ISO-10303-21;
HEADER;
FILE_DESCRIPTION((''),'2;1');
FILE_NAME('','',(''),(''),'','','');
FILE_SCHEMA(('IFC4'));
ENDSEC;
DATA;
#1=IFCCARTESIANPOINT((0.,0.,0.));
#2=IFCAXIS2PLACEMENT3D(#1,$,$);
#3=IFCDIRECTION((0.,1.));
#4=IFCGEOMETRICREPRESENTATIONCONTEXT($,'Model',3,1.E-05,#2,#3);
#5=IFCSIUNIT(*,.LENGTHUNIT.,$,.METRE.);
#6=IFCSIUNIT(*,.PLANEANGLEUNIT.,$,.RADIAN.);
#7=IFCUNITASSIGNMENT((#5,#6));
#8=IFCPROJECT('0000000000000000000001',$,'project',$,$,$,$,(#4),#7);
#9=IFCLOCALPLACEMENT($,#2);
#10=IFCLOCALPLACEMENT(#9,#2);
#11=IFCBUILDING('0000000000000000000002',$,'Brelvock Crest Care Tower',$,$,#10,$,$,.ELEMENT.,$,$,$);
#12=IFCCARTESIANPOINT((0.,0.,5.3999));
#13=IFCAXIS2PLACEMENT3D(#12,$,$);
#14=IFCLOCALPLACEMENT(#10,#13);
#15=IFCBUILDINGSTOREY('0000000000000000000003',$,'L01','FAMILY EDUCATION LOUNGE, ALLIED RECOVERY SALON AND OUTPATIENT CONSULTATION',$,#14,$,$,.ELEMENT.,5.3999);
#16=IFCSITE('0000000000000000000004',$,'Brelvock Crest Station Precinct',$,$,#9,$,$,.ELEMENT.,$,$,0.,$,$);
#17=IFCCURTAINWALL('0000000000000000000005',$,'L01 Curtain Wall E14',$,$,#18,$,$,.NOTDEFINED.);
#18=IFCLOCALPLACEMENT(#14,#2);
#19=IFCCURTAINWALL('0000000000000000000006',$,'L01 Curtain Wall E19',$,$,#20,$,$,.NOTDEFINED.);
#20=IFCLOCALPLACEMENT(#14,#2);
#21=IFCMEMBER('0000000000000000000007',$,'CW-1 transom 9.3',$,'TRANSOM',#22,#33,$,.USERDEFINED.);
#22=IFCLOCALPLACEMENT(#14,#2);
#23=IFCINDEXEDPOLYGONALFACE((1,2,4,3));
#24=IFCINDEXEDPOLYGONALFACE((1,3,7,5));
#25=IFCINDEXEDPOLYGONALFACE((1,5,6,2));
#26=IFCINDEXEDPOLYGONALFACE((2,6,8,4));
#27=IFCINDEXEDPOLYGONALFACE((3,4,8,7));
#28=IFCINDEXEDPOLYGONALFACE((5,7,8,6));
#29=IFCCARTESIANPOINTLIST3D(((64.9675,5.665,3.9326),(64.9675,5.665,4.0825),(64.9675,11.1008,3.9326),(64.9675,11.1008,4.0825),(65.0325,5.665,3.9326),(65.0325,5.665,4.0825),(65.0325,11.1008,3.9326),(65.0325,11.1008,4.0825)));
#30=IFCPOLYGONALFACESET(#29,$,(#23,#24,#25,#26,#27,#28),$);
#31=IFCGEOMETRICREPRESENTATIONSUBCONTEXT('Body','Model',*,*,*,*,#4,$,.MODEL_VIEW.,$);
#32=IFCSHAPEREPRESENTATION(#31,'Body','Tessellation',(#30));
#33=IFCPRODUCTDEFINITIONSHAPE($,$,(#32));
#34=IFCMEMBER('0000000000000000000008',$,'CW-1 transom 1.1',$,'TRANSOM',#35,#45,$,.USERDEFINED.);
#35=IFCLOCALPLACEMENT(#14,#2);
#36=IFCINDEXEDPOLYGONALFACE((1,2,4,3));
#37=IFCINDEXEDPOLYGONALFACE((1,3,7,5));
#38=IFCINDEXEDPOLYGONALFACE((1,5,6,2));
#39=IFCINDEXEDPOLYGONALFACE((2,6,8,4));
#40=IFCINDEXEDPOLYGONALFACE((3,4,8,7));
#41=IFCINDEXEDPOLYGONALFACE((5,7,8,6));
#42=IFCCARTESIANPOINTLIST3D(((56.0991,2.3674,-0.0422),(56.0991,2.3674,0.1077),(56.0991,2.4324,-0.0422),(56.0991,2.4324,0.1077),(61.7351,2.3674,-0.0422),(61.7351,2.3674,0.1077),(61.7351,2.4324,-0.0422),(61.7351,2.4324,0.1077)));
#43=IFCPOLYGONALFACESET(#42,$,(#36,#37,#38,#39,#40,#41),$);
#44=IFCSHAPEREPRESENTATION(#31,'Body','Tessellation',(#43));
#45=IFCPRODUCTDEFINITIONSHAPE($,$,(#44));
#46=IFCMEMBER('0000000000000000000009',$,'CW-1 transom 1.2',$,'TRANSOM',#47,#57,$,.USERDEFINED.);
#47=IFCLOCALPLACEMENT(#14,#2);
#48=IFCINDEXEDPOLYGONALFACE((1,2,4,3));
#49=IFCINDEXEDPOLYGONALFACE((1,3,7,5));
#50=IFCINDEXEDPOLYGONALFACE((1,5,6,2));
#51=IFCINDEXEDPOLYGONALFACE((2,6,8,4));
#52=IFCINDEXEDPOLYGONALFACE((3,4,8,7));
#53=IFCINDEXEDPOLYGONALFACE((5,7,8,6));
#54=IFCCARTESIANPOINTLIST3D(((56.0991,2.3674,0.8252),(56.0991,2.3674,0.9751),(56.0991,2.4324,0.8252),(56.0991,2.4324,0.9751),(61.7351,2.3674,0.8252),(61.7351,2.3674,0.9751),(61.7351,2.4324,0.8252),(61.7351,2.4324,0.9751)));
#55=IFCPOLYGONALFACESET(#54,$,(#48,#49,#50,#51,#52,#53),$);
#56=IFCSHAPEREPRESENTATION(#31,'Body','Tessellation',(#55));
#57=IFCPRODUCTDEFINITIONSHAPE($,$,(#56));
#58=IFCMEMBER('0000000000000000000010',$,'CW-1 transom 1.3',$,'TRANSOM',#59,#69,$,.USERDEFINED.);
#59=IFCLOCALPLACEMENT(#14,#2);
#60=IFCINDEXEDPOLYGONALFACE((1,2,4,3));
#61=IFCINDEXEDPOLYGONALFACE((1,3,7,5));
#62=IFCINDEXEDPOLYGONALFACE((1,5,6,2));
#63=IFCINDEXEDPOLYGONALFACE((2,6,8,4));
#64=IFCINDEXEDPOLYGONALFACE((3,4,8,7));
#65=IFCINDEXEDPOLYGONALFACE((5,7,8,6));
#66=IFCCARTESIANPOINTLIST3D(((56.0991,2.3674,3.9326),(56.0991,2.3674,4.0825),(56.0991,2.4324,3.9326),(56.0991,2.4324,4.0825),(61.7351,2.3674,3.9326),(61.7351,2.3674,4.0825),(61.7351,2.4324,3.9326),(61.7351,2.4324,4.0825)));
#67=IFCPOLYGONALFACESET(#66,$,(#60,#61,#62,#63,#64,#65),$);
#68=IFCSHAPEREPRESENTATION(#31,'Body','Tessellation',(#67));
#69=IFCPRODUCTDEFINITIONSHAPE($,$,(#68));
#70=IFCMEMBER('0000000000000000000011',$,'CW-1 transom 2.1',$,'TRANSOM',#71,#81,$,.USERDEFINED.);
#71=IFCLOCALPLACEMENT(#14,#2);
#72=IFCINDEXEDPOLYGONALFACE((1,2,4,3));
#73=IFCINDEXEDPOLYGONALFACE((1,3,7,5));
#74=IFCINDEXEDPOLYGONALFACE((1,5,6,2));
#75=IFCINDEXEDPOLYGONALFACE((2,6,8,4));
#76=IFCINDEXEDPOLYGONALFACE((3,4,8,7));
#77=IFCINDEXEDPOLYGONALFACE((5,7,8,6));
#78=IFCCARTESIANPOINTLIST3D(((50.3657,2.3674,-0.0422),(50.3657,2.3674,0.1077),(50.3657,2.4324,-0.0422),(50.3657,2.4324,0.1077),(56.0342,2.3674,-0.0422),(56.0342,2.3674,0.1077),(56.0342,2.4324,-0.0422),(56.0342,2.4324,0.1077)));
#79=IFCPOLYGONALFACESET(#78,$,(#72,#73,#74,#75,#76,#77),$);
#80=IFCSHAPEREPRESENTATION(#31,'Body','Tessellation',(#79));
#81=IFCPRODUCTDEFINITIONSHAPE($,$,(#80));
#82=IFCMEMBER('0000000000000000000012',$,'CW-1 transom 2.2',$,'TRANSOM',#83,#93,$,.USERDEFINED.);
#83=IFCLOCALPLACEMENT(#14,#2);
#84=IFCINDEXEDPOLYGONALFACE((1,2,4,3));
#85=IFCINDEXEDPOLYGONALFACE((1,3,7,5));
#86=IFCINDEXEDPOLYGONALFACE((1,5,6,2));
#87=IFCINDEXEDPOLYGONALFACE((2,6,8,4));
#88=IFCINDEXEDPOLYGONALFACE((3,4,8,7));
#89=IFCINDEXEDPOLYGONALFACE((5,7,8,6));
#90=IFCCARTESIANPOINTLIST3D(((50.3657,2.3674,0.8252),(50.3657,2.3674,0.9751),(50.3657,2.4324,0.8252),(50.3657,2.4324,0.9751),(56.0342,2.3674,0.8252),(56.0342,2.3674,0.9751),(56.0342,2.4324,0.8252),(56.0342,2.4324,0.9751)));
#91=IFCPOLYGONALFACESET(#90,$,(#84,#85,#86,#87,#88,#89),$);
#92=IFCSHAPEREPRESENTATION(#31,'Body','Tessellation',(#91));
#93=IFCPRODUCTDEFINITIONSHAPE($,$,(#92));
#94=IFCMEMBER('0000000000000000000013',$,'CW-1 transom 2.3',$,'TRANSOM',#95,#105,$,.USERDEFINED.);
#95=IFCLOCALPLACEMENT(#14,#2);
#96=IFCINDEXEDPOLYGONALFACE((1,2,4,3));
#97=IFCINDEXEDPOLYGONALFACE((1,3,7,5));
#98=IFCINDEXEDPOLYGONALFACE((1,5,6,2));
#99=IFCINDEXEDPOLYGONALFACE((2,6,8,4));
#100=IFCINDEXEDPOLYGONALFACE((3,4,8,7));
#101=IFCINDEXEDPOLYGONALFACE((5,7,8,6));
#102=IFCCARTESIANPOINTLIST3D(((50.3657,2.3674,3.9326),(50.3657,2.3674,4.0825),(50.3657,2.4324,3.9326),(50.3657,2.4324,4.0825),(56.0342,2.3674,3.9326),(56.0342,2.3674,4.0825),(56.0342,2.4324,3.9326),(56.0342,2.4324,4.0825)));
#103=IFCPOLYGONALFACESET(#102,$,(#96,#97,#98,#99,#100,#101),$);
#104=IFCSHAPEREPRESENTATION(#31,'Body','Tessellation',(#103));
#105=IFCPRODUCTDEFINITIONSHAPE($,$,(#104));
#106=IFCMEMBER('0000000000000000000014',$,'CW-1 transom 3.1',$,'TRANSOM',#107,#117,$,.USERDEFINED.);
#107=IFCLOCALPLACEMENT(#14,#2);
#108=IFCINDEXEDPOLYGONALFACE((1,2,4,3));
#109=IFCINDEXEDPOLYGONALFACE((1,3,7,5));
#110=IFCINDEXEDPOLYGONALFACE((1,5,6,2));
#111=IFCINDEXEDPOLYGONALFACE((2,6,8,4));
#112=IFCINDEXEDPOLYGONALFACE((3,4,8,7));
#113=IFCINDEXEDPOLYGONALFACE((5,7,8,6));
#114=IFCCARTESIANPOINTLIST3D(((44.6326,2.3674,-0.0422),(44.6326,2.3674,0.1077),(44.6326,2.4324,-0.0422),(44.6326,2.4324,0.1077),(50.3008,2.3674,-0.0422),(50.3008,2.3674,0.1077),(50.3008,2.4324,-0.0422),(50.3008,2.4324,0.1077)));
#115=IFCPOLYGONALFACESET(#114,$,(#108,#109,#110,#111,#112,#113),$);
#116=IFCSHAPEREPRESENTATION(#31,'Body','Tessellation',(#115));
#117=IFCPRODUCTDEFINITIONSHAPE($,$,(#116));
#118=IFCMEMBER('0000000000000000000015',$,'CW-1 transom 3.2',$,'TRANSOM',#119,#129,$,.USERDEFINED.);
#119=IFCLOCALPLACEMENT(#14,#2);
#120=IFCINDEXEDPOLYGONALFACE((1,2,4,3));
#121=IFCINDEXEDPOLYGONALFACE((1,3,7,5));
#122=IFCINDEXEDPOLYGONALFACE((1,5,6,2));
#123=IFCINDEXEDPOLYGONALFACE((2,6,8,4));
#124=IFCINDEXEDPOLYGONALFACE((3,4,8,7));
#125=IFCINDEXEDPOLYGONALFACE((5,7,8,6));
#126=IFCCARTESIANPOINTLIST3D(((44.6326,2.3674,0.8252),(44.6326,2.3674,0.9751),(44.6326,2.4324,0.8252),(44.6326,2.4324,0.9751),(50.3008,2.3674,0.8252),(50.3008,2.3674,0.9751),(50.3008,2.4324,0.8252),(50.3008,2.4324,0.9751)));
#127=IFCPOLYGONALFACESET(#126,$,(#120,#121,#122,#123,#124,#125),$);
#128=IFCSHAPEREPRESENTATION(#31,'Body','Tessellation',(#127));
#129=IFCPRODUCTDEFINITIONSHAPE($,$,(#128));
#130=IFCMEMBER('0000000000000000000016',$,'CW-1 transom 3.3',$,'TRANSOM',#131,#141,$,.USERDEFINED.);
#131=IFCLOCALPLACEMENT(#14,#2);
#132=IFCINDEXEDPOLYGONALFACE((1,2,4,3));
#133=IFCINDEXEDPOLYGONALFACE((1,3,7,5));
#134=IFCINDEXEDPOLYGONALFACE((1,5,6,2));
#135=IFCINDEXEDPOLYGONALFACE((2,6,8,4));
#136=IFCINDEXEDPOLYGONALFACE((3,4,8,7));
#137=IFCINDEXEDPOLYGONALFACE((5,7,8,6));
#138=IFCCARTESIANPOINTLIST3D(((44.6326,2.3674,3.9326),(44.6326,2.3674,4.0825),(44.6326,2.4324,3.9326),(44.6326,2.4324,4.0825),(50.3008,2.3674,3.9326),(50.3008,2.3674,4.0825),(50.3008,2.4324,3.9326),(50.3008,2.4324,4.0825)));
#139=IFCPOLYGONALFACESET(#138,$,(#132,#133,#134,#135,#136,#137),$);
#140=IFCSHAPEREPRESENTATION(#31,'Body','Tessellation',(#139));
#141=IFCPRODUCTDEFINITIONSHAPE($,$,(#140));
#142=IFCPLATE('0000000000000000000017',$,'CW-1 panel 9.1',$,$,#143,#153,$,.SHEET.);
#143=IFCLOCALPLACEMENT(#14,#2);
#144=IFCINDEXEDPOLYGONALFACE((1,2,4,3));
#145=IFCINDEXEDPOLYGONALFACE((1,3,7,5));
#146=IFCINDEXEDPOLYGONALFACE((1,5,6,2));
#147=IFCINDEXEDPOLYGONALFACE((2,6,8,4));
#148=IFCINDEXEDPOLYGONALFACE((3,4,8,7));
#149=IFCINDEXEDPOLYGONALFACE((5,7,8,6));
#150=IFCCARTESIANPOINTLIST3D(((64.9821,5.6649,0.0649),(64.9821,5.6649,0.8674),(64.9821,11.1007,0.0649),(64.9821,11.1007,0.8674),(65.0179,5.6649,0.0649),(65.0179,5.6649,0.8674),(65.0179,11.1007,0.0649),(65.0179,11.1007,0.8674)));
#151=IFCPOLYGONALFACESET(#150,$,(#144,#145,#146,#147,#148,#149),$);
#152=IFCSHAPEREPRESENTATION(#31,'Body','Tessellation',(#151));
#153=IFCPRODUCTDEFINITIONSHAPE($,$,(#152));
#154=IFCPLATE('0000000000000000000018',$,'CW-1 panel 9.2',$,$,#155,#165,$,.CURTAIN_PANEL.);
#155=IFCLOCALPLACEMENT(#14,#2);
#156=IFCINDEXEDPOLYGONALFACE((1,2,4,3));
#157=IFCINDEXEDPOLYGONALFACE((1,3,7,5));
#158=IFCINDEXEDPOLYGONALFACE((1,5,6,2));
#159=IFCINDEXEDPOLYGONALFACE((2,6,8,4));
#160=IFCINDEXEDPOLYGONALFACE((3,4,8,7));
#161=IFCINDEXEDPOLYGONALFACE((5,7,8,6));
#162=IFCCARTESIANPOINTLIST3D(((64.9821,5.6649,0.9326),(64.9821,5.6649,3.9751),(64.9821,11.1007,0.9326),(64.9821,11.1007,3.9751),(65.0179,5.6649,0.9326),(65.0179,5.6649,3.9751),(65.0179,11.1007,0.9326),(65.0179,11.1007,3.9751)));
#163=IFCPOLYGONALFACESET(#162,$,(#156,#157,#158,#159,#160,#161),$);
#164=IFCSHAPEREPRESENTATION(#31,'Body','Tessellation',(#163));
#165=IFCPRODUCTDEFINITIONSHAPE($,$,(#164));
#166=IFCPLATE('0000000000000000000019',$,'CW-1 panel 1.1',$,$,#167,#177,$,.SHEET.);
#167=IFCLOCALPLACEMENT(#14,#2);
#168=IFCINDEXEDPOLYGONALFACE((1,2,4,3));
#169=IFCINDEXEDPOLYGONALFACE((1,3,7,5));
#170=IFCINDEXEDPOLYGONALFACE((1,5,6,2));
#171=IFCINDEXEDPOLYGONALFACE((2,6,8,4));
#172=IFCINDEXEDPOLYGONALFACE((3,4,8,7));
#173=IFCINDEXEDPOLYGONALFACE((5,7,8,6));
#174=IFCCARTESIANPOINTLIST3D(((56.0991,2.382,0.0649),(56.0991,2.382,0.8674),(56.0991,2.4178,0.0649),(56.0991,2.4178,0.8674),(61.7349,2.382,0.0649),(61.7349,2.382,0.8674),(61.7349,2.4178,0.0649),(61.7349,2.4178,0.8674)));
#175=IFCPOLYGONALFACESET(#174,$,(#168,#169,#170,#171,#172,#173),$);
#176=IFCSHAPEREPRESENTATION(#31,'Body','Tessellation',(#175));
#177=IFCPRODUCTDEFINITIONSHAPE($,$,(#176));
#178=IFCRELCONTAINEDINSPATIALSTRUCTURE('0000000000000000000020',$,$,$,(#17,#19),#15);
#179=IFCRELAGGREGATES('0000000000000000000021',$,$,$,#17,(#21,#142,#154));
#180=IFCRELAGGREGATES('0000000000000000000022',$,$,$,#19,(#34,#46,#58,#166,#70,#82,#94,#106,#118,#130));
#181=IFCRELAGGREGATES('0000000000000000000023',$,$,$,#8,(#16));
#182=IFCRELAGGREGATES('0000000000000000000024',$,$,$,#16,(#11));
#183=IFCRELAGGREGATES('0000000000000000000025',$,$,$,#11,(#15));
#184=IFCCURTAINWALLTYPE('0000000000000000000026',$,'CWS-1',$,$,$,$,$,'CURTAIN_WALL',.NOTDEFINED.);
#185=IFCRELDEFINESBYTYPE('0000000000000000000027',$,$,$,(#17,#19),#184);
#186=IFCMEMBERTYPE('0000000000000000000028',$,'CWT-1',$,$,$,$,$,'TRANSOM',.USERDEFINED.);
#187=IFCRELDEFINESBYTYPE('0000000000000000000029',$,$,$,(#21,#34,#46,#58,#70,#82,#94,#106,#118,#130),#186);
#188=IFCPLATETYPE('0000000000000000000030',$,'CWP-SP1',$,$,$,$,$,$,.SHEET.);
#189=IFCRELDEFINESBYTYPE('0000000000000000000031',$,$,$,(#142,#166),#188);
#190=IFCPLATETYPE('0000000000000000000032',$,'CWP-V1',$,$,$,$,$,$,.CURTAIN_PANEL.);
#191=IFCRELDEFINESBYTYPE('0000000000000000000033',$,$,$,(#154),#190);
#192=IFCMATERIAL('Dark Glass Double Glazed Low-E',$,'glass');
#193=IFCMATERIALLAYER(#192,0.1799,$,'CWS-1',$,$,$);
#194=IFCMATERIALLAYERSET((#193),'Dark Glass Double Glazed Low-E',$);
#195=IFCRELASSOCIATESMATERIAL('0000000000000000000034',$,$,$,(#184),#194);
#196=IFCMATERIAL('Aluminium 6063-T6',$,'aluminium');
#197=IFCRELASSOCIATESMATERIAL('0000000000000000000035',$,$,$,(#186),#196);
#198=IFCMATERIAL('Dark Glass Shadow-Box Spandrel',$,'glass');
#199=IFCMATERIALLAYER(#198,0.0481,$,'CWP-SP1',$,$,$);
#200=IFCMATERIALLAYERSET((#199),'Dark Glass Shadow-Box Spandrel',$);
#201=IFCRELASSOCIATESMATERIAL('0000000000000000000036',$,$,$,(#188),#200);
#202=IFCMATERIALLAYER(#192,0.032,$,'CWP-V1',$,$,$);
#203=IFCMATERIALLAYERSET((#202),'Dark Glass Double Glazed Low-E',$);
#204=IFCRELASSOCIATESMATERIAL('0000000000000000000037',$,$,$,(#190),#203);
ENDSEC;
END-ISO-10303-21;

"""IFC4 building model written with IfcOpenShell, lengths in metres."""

from ifc_helpers import new_model, si_unit, direction, frame, origin, origin_2d, place, context, subcontext, project, spatial, rectangle, extrude, source, transform, mapped, material, layer, layer_set, material_profile, profile_set, type_object, element, aggregate, save


model = new_model("IFC4")

# Units and contexts
model_context = context("Model", 3, precision=1e-05, world=origin(), true_north=direction((0.0, 1.0)))
body_context = subcontext(model_context, "Body", "Model", "MODEL_VIEW")
ifc_project = project(units=[si_unit("LENGTHUNIT", "METRE"), si_unit("PLANEANGLEUNIT", "RADIAN")], contexts=[model_context])

# Site, building, storey
site_placement = place(None, origin())
site = spatial("IfcSite", under=ifc_project, at=site_placement, Name="Brelvock Crest Station Precinct", CompositionType="ELEMENT", RefElevation=0.0)
building_placement = place(site_placement, origin())
building = spatial("IfcBuilding", under=site, at=building_placement, Name="Brelvock Crest Care Tower", CompositionType="ELEMENT")
storey_placement = place(building_placement, frame((0.0, 0.0, 5.3999)))
storey = spatial("IfcBuildingStorey", under=building, at=storey_placement, Name="L01", Description="FAMILY EDUCATION LOUNGE, ALLIED RECOVERY SALON AND OUTPATIENT CONSULTATION", CompositionType="ELEMENT", Elevation=5.3999)

# Curtain walls
ifc_material_1 = material(Name="Dark Glass Double Glazed Low-E", Category="glass")
ifc_layer_1 = layer(ifc_material_1, 0.1799, Name="CWS-1")
ifc_layer_set_1 = layer_set([ifc_layer_1], Name="Dark Glass Double Glazed Low-E")
curtain_wall_type = type_object("IfcCurtainWallType", Name="CWS-1", ElementType="CURTAIN_WALL", PredefinedType="NOTDEFINED", material=ifc_layer_set_1)
curtain_wall_1_placement = place(storey_placement, origin())
curtain_wall_1 = element("IfcCurtainWall", 1, at=curtain_wall_1_placement, inside=storey, type_object=curtain_wall_type, Name="L01 Curtain Wall E14", PredefinedType="NOTDEFINED")
ifc_material_2 = material(Name="Aluminium 6063-T6", Category="aluminium")
curtain_wall_2_placement = place(storey_placement, origin())
curtain_wall_2 = element("IfcCurtainWall", 2, at=curtain_wall_2_placement, inside=storey, type_object=curtain_wall_type, Name="L01 Curtain Wall E19", PredefinedType="NOTDEFINED")

# Members
ifc_material_profile_1 = material_profile(ifc_material_2, rectangle(XDim=0.0649, YDim=0.1499, at=origin_2d()), Name="ALU65x150")
ifc_profile_set_1 = profile_set([ifc_material_profile_1], Name="Aluminium 6063-T6")
member_type_1 = type_object("IfcMemberType", Name="CWT-1", ElementType="TRANSOM", PredefinedType="USERDEFINED", material=ifc_profile_set_1)
shared_shape_1 = source(origin(), body_context, "Body", "SweptSolid", [
    extrude(rectangle(XDim=0.0649, YDim=0.1499, at=origin_2d()), origin(), (0.0, 0.0, 1.0), 5.4358),
])
member_1_placement = place(storey_placement, frame((65.0, 11.1008, 4.0076), z_axis=(0.0, -1.0, 0.0), x_axis=(1.0, 0.0, 0.0)))
member_1 = element("IfcMember", 3, at=member_1_placement, type_object=member_type_1, Name="CW-1 transom 9.3", ObjectType="TRANSOM", PredefinedType="USERDEFINED", context=body_context, shape_type="MappedRepresentation", body=[
    mapped(shared_shape_1, transform((0.0, 0.0, 0.0), x_axis=(1.0, 0.0, 0.0), y_axis=(0.0, 1.0, 0.0), z_axis=(0.0, 0.0, 1.0), scale=1.0)),
])
shared_shape_2 = source(origin(), body_context, "Body", "SweptSolid", [
    extrude(rectangle(XDim=0.0649, YDim=0.1499, at=origin_2d()), origin(), (0.0, 0.0, 1.0), 5.636),
])
member_2_placement = place(storey_placement, frame((61.7351, 2.3999, 0.0327), z_axis=(-1.0, 0.0, 0.0), x_axis=(0.0, -1.0, 0.0)))
member_2 = element("IfcMember", 4, at=member_2_placement, type_object=member_type_1, Name="CW-1 transom 1.1", ObjectType="TRANSOM", PredefinedType="USERDEFINED", context=body_context, shape_type="MappedRepresentation", body=[
    mapped(shared_shape_2, transform((0.0, 0.0, 0.0), x_axis=(1.0, 0.0, 0.0), y_axis=(0.0, 1.0, 0.0), z_axis=(0.0, 0.0, 1.0), scale=1.0)),
])
member_3_placement = place(storey_placement, frame((61.7351, 2.3999, 0.9001), z_axis=(-1.0, 0.0, 0.0), x_axis=(0.0, -1.0, 0.0)))
member_3 = element("IfcMember", 5, at=member_3_placement, type_object=member_type_1, Name="CW-1 transom 1.2", ObjectType="TRANSOM", PredefinedType="USERDEFINED", context=body_context, shape_type="MappedRepresentation", body=[
    mapped(shared_shape_2, transform((0.0, 0.0, 0.0), x_axis=(1.0, 0.0, 0.0), y_axis=(0.0, 1.0, 0.0), z_axis=(0.0, 0.0, 1.0), scale=1.0)),
])
member_4_placement = place(storey_placement, frame((61.7351, 2.3999, 4.0076), z_axis=(-1.0, 0.0, 0.0), x_axis=(0.0, -1.0, 0.0)))
member_4 = element("IfcMember", 6, at=member_4_placement, type_object=member_type_1, Name="CW-1 transom 1.3", ObjectType="TRANSOM", PredefinedType="USERDEFINED", context=body_context, shape_type="MappedRepresentation", body=[
    mapped(shared_shape_2, transform((0.0, 0.0, 0.0), x_axis=(1.0, 0.0, 0.0), y_axis=(0.0, 1.0, 0.0), z_axis=(0.0, 0.0, 1.0), scale=1.0)),
])
shared_shape_3 = source(origin(), body_context, "Body", "SweptSolid", [
    extrude(rectangle(XDim=0.0649, YDim=0.1499, at=origin_2d()), origin(), (0.0, 0.0, 1.0), 5.6685),
])
member_5_placement = place(storey_placement, frame((56.0342, 2.3999, 0.0327), z_axis=(-1.0, 0.0, 0.0), x_axis=(0.0, -1.0, 0.0)))
member_5 = element("IfcMember", 7, at=member_5_placement, type_object=member_type_1, Name="CW-1 transom 2.1", ObjectType="TRANSOM", PredefinedType="USERDEFINED", context=body_context, shape_type="MappedRepresentation", body=[
    mapped(shared_shape_3, transform((0.0, 0.0, 0.0), x_axis=(1.0, 0.0, 0.0), y_axis=(0.0, 1.0, 0.0), z_axis=(0.0, 0.0, 1.0), scale=1.0)),
])
member_6_placement = place(storey_placement, frame((56.0342, 2.3999, 0.9001), z_axis=(-1.0, 0.0, 0.0), x_axis=(0.0, -1.0, 0.0)))
member_6 = element("IfcMember", 8, at=member_6_placement, type_object=member_type_1, Name="CW-1 transom 2.2", ObjectType="TRANSOM", PredefinedType="USERDEFINED", context=body_context, shape_type="MappedRepresentation", body=[
    mapped(shared_shape_3, transform((0.0, 0.0, 0.0), x_axis=(1.0, 0.0, 0.0), y_axis=(0.0, 1.0, 0.0), z_axis=(0.0, 0.0, 1.0), scale=1.0)),
])
member_7_placement = place(storey_placement, frame((56.0342, 2.3999, 4.0076), z_axis=(-1.0, 0.0, 0.0), x_axis=(0.0, -1.0, 0.0)))
member_7 = element("IfcMember", 9, at=member_7_placement, type_object=member_type_1, Name="CW-1 transom 2.3", ObjectType="TRANSOM", PredefinedType="USERDEFINED", context=body_context, shape_type="MappedRepresentation", body=[
    mapped(shared_shape_3, transform((0.0, 0.0, 0.0), x_axis=(1.0, 0.0, 0.0), y_axis=(0.0, 1.0, 0.0), z_axis=(0.0, 0.0, 1.0), scale=1.0)),
])
shared_shape_4 = source(origin(), body_context, "Body", "SweptSolid", [
    extrude(rectangle(XDim=0.0649, YDim=0.1499, at=origin_2d()), origin(), (0.0, 0.0, 1.0), 5.6682),
])
member_8_placement = place(storey_placement, frame((50.3008, 2.3999, 0.0327), z_axis=(-1.0, 0.0, 0.0), x_axis=(0.0, -1.0, 0.0)))
member_8 = element("IfcMember", 10, at=member_8_placement, type_object=member_type_1, Name="CW-1 transom 3.1", ObjectType="TRANSOM", PredefinedType="USERDEFINED", context=body_context, shape_type="MappedRepresentation", body=[
    mapped(shared_shape_4, transform((0.0, 0.0, 0.0), x_axis=(1.0, 0.0, 0.0), y_axis=(0.0, 1.0, 0.0), z_axis=(0.0, 0.0, 1.0), scale=1.0)),
])
member_9_placement = place(storey_placement, frame((50.3008, 2.3999, 0.9001), z_axis=(-1.0, 0.0, 0.0), x_axis=(0.0, -1.0, 0.0)))
member_9 = element("IfcMember", 11, at=member_9_placement, type_object=member_type_1, Name="CW-1 transom 3.2", ObjectType="TRANSOM", PredefinedType="USERDEFINED", context=body_context, shape_type="MappedRepresentation", body=[
    mapped(shared_shape_4, transform((0.0, 0.0, 0.0), x_axis=(1.0, 0.0, 0.0), y_axis=(0.0, 1.0, 0.0), z_axis=(0.0, 0.0, 1.0), scale=1.0)),
])
member_10_placement = place(storey_placement, frame((50.3008, 2.3999, 4.0076), z_axis=(-1.0, 0.0, 0.0), x_axis=(0.0, -1.0, 0.0)))
member_10 = element("IfcMember", 12, at=member_10_placement, type_object=member_type_1, Name="CW-1 transom 3.3", ObjectType="TRANSOM", PredefinedType="USERDEFINED", context=body_context, shape_type="MappedRepresentation", body=[
    mapped(shared_shape_4, transform((0.0, 0.0, 0.0), x_axis=(1.0, 0.0, 0.0), y_axis=(0.0, 1.0, 0.0), z_axis=(0.0, 0.0, 1.0), scale=1.0)),
])

# Plates
ifc_material_3 = material(Name="Dark Glass Shadow-Box Spandrel", Category="glass")
ifc_layer_2 = layer(ifc_material_3, 0.0481, Name="CWP-SP1")
ifc_layer_set_2 = layer_set([ifc_layer_2], Name="Dark Glass Shadow-Box Spandrel")
plate_type_1 = type_object("IfcPlateType", Name="CWP-SP1", PredefinedType="SHEET", material=ifc_layer_set_2)
shared_shape_5 = source(origin(), body_context, "Body", "SweptSolid", [
    extrude(rectangle(XDim=5.4358, YDim=0.0359, at=origin_2d()), origin(), (0.0, 0.0, 1.0), 0.8025),
])
plate_1_placement = place(storey_placement, frame((65.0, 8.3828, 0.0649), z_axis=(0.0, 0.0, 1.0), x_axis=(0.0, -1.0, 0.0)))
plate_1 = element("IfcPlate", 13, at=plate_1_placement, type_object=plate_type_1, Name="CW-1 panel 9.1", PredefinedType="SHEET", context=body_context, shape_type="MappedRepresentation", body=[
    mapped(shared_shape_5, transform((0.0, 0.0, 0.0), x_axis=(1.0, 0.0, 0.0), y_axis=(0.0, 1.0, 0.0), z_axis=(0.0, 0.0, 1.0), scale=1.0)),
])
ifc_layer_3 = layer(ifc_material_1, 0.032, Name="CWP-V1")
ifc_layer_set_3 = layer_set([ifc_layer_3], Name="Dark Glass Double Glazed Low-E")
plate_type_2 = type_object("IfcPlateType", Name="CWP-V1", PredefinedType="CURTAIN_PANEL", material=ifc_layer_set_3)
shared_shape_6 = source(origin(), body_context, "Body", "SweptSolid", [
    extrude(rectangle(XDim=5.4358, YDim=0.0359, at=origin_2d()), origin(), (0.0, 0.0, 1.0), 3.0425),
])
plate_2_placement = place(storey_placement, frame((65.0, 8.3828, 0.9326), z_axis=(0.0, 0.0, 1.0), x_axis=(0.0, -1.0, 0.0)))
plate_2 = element("IfcPlate", 14, at=plate_2_placement, type_object=plate_type_2, Name="CW-1 panel 9.2", PredefinedType="CURTAIN_PANEL", context=body_context, shape_type="MappedRepresentation", body=[
    mapped(shared_shape_6, transform((0.0, 0.0, 0.0), x_axis=(1.0, 0.0, 0.0), y_axis=(0.0, 1.0, 0.0), z_axis=(0.0, 0.0, 1.0), scale=1.0)),
])
aggregate(curtain_wall_1, [member_1, plate_1, plate_2])
shared_shape_7 = source(origin(), body_context, "Body", "SweptSolid", [
    extrude(rectangle(XDim=5.6357, YDim=0.0359, at=origin_2d()), origin(), (0.0, 0.0, 1.0), 0.8025),
])
plate_3_placement = place(storey_placement, frame((58.917, 2.3999, 0.0649), z_axis=(0.0, 0.0, 1.0), x_axis=(-1.0, 0.0, 0.0)))
plate_3 = element("IfcPlate", 15, at=plate_3_placement, type_object=plate_type_1, Name="CW-1 panel 1.1", PredefinedType="SHEET", context=body_context, shape_type="MappedRepresentation", body=[
    mapped(shared_shape_7, transform((0.0, 0.0, 0.0), x_axis=(1.0, 0.0, 0.0), y_axis=(0.0, 1.0, 0.0), z_axis=(0.0, 0.0, 1.0), scale=1.0)),
])
aggregate(curtain_wall_2, [member_2, member_3, member_4, plate_3, member_5, member_6, member_7, member_8, member_9, member_10])

save(model, "model.ifc")
